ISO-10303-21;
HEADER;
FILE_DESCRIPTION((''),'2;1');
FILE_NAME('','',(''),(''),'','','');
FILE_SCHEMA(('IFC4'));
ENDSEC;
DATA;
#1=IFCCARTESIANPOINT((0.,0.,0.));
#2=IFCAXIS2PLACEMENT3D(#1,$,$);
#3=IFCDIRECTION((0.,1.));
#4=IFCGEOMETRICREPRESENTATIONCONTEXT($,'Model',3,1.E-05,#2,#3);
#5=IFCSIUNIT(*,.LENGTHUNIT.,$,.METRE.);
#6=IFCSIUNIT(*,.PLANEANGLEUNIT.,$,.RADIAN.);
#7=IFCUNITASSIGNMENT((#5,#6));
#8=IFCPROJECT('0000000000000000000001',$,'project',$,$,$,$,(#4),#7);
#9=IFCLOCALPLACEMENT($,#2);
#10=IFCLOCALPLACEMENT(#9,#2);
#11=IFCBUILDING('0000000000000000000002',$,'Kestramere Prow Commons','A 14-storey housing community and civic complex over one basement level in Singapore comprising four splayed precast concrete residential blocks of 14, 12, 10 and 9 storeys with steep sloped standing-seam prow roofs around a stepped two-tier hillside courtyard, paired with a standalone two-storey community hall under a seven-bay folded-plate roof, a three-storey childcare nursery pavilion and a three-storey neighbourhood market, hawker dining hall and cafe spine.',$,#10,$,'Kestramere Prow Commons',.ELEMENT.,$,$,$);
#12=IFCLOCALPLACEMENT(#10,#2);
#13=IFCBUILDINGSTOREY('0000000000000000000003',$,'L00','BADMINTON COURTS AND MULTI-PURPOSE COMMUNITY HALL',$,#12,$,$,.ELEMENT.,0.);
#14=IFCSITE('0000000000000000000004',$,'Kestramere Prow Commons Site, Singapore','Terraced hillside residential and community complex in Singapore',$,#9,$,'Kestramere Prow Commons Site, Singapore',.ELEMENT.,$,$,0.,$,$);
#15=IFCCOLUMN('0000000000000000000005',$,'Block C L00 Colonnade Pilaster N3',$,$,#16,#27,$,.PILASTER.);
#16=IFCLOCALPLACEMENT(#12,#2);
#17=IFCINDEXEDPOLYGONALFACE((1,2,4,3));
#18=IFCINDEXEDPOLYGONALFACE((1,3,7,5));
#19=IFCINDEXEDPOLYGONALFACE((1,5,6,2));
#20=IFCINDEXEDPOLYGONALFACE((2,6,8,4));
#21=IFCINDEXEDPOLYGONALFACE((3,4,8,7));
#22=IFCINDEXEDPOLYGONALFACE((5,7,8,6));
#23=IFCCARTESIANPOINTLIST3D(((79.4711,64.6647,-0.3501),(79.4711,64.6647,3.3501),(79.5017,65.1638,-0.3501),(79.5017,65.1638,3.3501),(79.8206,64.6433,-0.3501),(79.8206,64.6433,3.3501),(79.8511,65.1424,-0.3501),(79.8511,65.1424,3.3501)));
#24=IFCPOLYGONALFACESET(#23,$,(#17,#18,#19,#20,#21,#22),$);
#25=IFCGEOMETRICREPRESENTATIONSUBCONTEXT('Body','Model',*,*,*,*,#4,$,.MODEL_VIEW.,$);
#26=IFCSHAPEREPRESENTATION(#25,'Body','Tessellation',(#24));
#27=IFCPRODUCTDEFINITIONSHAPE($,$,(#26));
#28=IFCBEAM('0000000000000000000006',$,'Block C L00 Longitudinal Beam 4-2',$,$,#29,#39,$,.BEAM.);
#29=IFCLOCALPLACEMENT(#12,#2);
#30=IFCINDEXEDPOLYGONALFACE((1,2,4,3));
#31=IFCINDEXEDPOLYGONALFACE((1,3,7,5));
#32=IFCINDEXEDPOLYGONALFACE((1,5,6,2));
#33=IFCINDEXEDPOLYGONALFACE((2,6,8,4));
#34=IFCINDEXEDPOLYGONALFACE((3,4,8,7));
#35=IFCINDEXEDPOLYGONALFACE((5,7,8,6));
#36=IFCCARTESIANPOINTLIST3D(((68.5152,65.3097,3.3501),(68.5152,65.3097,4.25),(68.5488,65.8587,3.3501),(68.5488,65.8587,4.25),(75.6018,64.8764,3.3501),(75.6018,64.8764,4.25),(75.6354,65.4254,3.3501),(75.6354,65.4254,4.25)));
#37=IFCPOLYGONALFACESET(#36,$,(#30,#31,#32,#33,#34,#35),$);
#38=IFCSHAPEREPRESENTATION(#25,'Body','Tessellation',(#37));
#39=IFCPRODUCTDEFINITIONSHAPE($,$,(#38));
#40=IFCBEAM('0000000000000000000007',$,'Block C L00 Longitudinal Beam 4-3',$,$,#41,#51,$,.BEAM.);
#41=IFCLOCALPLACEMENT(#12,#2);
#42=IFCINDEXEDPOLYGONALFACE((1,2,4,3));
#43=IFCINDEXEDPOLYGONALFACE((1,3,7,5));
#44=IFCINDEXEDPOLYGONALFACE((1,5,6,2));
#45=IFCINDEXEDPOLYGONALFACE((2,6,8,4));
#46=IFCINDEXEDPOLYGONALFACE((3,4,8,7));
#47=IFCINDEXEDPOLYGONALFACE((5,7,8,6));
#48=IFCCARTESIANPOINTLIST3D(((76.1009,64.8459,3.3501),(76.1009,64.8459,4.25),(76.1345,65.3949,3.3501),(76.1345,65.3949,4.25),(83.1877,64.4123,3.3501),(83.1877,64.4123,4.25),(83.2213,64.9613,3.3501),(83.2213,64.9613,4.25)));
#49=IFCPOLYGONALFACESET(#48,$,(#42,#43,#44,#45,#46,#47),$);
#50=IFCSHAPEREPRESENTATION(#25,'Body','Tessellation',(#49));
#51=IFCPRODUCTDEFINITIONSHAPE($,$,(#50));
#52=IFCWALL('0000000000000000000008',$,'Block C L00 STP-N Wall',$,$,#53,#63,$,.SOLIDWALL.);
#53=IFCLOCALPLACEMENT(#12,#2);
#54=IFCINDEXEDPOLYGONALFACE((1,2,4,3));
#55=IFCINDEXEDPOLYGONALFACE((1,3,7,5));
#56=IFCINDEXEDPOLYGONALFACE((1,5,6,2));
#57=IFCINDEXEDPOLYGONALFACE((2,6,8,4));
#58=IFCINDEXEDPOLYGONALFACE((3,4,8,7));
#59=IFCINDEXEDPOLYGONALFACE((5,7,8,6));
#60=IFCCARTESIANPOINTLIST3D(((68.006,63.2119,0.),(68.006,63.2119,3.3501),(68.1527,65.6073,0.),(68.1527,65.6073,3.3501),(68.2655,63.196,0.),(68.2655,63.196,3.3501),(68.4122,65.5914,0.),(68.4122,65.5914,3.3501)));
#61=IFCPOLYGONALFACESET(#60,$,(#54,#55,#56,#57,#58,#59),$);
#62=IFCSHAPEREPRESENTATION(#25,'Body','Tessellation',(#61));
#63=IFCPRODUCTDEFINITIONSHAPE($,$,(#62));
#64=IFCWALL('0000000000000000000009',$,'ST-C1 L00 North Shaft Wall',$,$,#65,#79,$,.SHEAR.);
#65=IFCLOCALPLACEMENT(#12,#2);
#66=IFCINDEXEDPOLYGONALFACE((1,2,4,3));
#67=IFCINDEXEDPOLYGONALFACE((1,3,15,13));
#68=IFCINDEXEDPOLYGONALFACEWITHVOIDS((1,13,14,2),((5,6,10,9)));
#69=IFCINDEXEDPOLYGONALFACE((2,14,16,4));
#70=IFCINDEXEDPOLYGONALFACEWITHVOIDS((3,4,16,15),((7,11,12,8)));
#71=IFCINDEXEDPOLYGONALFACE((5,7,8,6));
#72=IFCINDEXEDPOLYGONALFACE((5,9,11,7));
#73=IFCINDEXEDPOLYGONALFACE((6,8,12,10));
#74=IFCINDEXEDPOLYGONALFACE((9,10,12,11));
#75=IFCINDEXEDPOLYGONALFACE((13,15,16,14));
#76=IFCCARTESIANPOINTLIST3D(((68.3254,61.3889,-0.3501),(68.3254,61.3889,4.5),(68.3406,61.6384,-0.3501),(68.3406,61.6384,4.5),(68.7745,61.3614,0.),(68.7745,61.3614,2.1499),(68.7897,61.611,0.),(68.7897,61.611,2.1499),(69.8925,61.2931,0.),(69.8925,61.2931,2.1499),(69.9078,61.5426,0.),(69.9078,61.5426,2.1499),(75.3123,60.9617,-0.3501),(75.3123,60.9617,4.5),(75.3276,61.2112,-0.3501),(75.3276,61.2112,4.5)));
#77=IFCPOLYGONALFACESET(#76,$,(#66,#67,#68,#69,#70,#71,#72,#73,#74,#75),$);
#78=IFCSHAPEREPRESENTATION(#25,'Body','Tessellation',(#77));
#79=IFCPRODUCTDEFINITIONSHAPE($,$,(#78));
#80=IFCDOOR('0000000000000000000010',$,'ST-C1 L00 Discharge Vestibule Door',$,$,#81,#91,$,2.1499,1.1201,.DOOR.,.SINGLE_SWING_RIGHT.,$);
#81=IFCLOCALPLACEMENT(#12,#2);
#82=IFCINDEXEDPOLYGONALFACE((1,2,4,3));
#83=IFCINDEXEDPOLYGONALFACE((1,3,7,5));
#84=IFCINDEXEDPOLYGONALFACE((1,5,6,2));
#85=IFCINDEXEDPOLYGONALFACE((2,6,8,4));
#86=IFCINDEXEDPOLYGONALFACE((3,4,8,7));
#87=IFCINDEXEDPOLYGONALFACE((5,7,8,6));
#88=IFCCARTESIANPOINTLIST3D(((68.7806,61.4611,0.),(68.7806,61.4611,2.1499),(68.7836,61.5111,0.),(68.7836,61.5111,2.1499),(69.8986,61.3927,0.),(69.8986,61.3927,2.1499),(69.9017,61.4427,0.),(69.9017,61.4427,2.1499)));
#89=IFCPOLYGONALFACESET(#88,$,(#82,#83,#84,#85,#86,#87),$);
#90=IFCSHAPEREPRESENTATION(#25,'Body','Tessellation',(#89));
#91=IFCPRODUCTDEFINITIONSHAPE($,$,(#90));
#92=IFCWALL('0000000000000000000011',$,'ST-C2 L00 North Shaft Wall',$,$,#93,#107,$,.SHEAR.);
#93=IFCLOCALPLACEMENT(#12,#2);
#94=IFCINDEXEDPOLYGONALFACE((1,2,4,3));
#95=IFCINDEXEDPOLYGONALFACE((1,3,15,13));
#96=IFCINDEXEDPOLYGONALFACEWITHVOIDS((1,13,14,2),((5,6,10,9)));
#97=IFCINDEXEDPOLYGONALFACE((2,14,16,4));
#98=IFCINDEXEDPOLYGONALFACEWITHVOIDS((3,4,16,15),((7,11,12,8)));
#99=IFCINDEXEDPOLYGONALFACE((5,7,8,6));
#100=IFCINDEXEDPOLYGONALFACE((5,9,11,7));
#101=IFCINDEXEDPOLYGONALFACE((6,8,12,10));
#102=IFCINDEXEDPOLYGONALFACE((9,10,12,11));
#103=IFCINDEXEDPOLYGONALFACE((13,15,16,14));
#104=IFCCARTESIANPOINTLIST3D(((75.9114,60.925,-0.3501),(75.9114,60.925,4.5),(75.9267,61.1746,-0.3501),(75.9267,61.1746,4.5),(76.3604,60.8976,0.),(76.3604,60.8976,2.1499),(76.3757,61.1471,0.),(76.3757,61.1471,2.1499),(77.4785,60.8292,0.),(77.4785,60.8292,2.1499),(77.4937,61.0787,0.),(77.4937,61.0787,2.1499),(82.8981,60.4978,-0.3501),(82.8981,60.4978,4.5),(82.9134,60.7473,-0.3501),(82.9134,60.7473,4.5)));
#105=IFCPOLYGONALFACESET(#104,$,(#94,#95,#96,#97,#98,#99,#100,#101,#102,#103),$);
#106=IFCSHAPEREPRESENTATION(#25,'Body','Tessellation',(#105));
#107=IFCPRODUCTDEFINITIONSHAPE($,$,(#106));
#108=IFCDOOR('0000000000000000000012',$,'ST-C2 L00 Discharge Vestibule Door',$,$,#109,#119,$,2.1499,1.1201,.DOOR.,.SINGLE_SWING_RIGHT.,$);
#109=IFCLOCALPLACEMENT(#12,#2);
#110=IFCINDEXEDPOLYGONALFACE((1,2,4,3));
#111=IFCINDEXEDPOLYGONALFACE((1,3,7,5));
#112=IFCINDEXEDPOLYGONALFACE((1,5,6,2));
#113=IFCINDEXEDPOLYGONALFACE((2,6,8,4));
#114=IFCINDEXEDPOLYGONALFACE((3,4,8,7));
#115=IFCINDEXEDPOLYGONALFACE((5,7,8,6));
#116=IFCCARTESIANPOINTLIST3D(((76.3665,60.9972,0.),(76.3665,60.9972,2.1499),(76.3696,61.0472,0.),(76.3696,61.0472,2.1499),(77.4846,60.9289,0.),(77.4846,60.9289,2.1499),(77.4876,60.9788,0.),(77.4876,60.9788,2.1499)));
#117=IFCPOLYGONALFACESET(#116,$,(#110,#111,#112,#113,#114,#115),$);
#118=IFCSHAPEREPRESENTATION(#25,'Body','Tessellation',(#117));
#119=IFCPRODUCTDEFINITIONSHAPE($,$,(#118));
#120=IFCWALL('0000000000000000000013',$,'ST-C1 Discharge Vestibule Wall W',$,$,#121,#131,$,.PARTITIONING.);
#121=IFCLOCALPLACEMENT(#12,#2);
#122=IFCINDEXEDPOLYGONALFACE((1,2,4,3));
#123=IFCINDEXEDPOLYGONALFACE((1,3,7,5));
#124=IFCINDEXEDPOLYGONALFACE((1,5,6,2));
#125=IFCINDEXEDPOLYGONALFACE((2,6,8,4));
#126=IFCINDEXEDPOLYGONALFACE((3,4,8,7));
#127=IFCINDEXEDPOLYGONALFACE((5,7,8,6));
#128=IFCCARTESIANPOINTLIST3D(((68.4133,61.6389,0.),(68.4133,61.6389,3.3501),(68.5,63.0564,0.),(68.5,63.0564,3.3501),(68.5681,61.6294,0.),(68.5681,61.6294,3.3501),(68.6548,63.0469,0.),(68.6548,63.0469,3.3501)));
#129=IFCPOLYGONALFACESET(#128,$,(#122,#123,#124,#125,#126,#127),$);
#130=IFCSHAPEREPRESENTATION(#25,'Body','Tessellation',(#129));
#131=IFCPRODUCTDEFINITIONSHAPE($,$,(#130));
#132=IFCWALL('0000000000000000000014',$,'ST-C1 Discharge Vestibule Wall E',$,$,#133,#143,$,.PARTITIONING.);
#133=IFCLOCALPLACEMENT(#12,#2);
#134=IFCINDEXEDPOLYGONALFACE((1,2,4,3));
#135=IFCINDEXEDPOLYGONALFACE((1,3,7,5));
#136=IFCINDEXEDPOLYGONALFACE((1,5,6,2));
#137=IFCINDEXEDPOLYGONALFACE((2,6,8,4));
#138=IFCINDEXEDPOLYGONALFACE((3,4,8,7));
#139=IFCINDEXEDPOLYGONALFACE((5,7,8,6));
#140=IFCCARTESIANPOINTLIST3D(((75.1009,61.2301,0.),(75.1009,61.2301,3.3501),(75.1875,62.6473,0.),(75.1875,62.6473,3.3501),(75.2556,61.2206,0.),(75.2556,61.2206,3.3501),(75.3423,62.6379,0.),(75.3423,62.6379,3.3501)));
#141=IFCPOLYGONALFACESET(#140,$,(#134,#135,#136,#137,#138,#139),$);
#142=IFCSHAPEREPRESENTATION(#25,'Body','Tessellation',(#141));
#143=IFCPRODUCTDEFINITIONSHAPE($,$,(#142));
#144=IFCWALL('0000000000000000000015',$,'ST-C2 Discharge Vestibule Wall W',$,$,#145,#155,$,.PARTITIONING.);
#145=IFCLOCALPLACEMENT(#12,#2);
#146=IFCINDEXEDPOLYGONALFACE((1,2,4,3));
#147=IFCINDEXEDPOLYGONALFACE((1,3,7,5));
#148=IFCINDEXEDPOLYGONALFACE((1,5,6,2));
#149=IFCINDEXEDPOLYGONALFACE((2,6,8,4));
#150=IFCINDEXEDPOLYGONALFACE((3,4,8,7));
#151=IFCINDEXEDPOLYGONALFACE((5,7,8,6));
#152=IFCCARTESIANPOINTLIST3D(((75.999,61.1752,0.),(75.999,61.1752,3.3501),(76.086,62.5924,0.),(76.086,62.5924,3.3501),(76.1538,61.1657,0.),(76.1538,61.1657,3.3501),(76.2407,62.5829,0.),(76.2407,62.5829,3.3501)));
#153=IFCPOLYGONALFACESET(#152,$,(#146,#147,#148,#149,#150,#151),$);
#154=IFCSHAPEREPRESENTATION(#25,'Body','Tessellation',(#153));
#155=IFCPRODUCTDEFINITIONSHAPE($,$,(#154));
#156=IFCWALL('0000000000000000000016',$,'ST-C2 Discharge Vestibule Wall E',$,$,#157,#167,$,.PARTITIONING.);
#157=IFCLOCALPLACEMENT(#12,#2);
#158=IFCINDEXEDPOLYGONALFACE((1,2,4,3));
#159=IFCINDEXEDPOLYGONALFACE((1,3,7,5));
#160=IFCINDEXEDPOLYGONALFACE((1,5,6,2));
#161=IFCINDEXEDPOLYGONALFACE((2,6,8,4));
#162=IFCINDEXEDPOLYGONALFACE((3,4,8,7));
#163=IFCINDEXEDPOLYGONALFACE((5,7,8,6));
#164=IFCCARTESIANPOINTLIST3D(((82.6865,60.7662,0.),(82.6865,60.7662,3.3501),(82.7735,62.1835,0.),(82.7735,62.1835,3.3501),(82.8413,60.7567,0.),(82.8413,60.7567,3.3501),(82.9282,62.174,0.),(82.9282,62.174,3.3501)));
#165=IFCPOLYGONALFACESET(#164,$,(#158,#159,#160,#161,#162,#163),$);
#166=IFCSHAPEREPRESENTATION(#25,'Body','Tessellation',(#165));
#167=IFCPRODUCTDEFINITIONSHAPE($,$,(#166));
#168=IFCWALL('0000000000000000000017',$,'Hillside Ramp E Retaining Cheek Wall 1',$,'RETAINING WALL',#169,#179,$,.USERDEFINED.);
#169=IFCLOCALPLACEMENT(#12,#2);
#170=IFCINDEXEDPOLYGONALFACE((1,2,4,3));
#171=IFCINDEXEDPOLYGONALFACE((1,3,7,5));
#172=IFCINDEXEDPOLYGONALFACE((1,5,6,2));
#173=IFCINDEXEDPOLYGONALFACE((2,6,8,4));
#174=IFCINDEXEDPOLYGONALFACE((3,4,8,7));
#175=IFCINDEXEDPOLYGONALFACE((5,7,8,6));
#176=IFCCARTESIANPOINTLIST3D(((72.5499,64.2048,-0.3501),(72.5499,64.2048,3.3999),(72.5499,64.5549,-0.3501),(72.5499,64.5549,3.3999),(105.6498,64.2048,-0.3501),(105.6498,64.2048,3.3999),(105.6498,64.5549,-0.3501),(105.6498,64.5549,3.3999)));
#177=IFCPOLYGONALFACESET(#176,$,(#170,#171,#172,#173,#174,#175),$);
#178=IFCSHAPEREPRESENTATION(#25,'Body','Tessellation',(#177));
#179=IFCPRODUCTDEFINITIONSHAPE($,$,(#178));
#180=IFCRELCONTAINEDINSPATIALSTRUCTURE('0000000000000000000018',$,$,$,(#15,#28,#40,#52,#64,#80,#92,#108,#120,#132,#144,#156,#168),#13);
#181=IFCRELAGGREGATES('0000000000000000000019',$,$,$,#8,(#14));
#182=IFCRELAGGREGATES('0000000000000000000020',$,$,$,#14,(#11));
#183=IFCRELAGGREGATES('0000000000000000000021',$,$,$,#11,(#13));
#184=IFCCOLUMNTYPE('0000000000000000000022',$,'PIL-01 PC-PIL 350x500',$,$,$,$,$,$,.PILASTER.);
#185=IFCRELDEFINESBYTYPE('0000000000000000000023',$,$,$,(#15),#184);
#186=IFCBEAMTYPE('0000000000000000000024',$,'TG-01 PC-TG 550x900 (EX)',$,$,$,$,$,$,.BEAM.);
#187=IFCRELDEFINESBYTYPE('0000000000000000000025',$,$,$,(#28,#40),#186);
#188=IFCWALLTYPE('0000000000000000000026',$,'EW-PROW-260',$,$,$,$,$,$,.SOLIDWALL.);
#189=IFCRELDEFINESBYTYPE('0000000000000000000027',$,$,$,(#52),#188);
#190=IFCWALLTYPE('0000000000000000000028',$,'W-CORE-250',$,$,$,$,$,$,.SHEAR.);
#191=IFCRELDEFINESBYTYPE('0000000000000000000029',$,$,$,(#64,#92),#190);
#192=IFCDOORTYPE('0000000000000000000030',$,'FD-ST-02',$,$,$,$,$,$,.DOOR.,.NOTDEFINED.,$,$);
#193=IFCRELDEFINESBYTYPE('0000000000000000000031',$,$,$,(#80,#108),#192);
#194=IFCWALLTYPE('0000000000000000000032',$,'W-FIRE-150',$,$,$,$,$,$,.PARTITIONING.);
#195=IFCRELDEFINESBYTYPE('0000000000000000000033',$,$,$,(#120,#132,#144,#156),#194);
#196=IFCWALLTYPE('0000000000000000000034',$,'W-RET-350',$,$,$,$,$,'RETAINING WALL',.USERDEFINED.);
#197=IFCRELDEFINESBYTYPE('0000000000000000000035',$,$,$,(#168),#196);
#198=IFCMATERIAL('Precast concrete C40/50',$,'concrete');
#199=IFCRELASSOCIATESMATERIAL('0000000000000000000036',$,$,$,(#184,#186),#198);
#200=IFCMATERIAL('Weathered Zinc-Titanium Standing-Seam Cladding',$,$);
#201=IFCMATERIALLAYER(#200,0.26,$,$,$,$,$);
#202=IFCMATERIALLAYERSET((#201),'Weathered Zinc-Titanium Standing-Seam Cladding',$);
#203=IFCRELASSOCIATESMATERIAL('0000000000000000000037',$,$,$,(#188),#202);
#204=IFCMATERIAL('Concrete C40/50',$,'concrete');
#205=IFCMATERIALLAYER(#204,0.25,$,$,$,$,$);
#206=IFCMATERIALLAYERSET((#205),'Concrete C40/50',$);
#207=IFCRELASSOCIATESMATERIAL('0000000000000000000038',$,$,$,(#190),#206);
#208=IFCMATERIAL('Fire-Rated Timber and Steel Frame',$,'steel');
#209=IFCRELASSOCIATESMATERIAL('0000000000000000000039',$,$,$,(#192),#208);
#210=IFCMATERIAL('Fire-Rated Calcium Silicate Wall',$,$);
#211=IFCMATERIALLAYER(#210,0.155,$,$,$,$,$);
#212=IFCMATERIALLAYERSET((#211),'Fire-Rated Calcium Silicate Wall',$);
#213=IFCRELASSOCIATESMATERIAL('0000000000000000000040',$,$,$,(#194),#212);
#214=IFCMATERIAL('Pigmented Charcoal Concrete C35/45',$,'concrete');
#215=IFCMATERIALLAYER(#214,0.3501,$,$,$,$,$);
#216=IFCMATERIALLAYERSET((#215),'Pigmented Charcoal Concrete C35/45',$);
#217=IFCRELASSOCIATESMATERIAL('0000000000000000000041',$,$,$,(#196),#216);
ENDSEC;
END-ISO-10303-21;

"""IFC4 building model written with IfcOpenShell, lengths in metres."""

from ifc_helpers import new_model, si_unit, direction, frame, frame_2d, origin, origin_2d, place, context, subcontext, project, spatial, rectangle, extrude, material, layer, layer_set, material_profile, profile_set, type_object, element, fill, save


model = new_model("IFC4")

# Units and contexts
model_context = context("Model", 3, precision=1e-05, world=origin(), true_north=direction((0.0, 1.0)))
body_context = subcontext(model_context, "Body", "Model", "MODEL_VIEW")
ifc_project = project(units=[si_unit("LENGTHUNIT", "METRE"), si_unit("PLANEANGLEUNIT", "RADIAN")], contexts=[model_context])

# Site, building, storey
site_placement = place(None, origin())
site = spatial("IfcSite", under=ifc_project, at=site_placement, Name="Kestramere Prow Commons Site, Singapore", Description="Terraced hillside residential and community complex in Singapore", LongName="Kestramere Prow Commons Site, Singapore", CompositionType="ELEMENT", RefElevation=0.0)
building_placement = place(site_placement, origin())
building = spatial("IfcBuilding", under=site, at=building_placement, Name="Kestramere Prow Commons", Description="A 14-storey housing community and civic complex over one basement level in Singapore comprising four splayed precast concrete residential blocks of 14, 12, 10 and 9 storeys with steep sloped standing-seam prow roofs around a stepped two-tier hillside courtyard, paired with a standalone two-storey community hall under a seven-bay folded-plate roof, a three-storey childcare nursery pavilion and a three-storey neighbourhood market, hawker dining hall and cafe spine.", LongName="Kestramere Prow Commons", CompositionType="ELEMENT")
storey_placement = place(building_placement, origin())
storey = spatial("IfcBuildingStorey", under=building, at=storey_placement, Name="L00", Description="BADMINTON COURTS AND MULTI-PURPOSE COMMUNITY HALL", CompositionType="ELEMENT", Elevation=0.0)

# Column
ifc_material_1 = material(Name="Precast concrete C40/50", Category="concrete")
ifc_material_profile_1 = material_profile(ifc_material_1, rectangle(XDim=0.3501, YDim=0.5, at=origin_2d()), Name="PC-PIL 350x500")
ifc_profile_set_1 = profile_set([ifc_material_profile_1], Name="Precast concrete C40/50")
column_type_1 = type_object("IfcColumnType", Name="PIL-01 PC-PIL 350x500", PredefinedType="PILASTER", material=ifc_profile_set_1)
for number, where, z_axis, x_axis, name in (
    (1, (79.6611, 64.9036, -0.3501), (0.0, 0.0, 1.0), (0.998135, -0.061049, 0.0), "Block C L00 Colonnade Pilaster N3"),
):
    element("IfcColumn", number, at=place(storey_placement, frame(where, z_axis=z_axis, x_axis=x_axis)), inside=storey, type_object=column_type_1, Name=name, PredefinedType="PILASTER", context=body_context, shape_type="SweptSolid", body=[
        extrude(rectangle(XDim=0.3501, YDim=0.5, at=origin_2d()), origin(), (0.0, 0.0, 1.0), 3.7002),
    ])

# Beams
ifc_material_profile_2 = material_profile(ifc_material_1, rectangle(XDim=0.55, YDim=0.8999, at=origin_2d()), Name="PC-TG 550x900")
ifc_profile_set_2 = profile_set([ifc_material_profile_2], Name="Precast concrete C40/50")
beam_type = type_object("IfcBeamType", Name="TG-01 PC-TG 550x900 (EX)", PredefinedType="BEAM", material=ifc_profile_set_2)
beam_1_placement = place(storey_placement, frame((68.532, 65.5842, 3.8), z_axis=(0.998136, -0.061036, 0.0), x_axis=(0.061036, 0.998136, 0.0)))
element("IfcBeam", 2, at=beam_1_placement, inside=storey, type_object=beam_type, Name="Block C L00 Longitudinal Beam 4-2", PredefinedType="BEAM", context=body_context, shape_type="SweptSolid", body=[
    extrude(rectangle(XDim=0.55, YDim=0.8999, at=origin_2d()), origin(), (0.0, 0.0, 1.0), 7.0999),
])
beam_2_placement = place(storey_placement, frame((76.1177, 65.1204, 3.8), z_axis=(0.998134, -0.061068, 0.0), x_axis=(0.061068, 0.998134, 0.0)))
element("IfcBeam", 3, at=beam_2_placement, inside=storey, type_object=beam_type, Name="Block C L00 Longitudinal Beam 4-3", PredefinedType="BEAM", context=body_context, shape_type="SweptSolid", body=[
    extrude(rectangle(XDim=0.55, YDim=0.8999, at=origin_2d()), origin(), (0.0, 0.0, 1.0), 7.1001),
])

# Wall
ifc_material_2 = material(Name="Weathered Zinc-Titanium Standing-Seam Cladding")
ifc_layer_1 = layer(ifc_material_2, 0.26)
ifc_layer_set_1 = layer_set([ifc_layer_1], Name="Weathered Zinc-Titanium Standing-Seam Cladding")
wall_type_1 = type_object("IfcWallType", Name="EW-PROW-260", PredefinedType="SOLIDWALL", material=ifc_layer_set_1)
wall_1_placement = place(storey_placement, frame((68.2825, 65.5994, 0.0), z_axis=(0.0, 0.0, 1.0), x_axis=(-0.061137, -0.998129, 0.0)))
element("IfcWall", 4, at=wall_1_placement, inside=storey, type_object=wall_type_1, Name="Block C L00 STP-N Wall", PredefinedType="SOLIDWALL", context=body_context, shape_type="SweptSolid", body=[
    extrude(rectangle(XDim=2.3999, YDim=0.26, at=frame_2d((1.2, 0.0))), origin(), (0.0, 0.0, 1.0), 3.3501),
])

# Walls, openings, doors
ifc_material_3 = material(Name="Concrete C40/50", Category="concrete")
ifc_layer_2 = layer(ifc_material_3, 0.25)
ifc_layer_set_2 = layer_set([ifc_layer_2], Name="Concrete C40/50")
wall_type_2 = type_object("IfcWallType", Name="W-CORE-250", PredefinedType="SHEAR", material=ifc_layer_set_2)
wall_2_placement = place(storey_placement, frame((68.333, 61.5137, -0.3501), z_axis=(0.0, 0.0, 1.0), x_axis=(0.998136, -0.061034, 0.0)))
wall_2 = element("IfcWall", 5, at=wall_2_placement, inside=storey, type_object=wall_type_2, Name="ST-C1 L00 North Shaft Wall", PredefinedType="SHEAR", context=body_context, shape_type="SweptSolid", body=[
    extrude(rectangle(XDim=7.0, YDim=0.25, at=frame_2d((3.5, 0.0))), origin(), (0.0, 0.0, 1.0), 4.8501),
])
opening_1_placement = place(wall_2_placement, frame((0.45, 0.0, 0.3501)))
opening_1 = element("IfcOpeningElement", 6, at=opening_1_placement, cuts=wall_2, PredefinedType="OPENING", context=body_context, shape_type="SweptSolid", body=[
    extrude(rectangle(XDim=1.1201, YDim=2.1499, at=frame_2d((0.5601, 1.075))), frame((0.0, 0.1399, 0.0), z_axis=(0.0, -1.0, 0.0), x_axis=(1.0, 0.0, 0.0)), (0.0, 0.0, 1.0), 0.28),
])
ifc_material_4 = material(Name="Fire-Rated Timber and Steel Frame", Category="steel")
door_type_1 = type_object("IfcDoorType", Name="FD-ST-02", OperationType="NOTDEFINED", PredefinedType="DOOR", material=ifc_material_4)
door_1_placement = place(opening_1_placement, origin())
door_1 = element("IfcDoor", 7, at=door_1_placement, inside=storey, type_object=door_type_1, Name="ST-C1 L00 Discharge Vestibule Door", OperationType="SINGLE_SWING_RIGHT", OverallHeight=2.1499, OverallWidth=1.1201, PredefinedType="DOOR", context=body_context, shape_type="SweptSolid", body=[
    extrude(rectangle(XDim=1.1201, YDim=2.1499, at=frame_2d((0.5601, 1.075))), frame((0.0, 0.0249, 0.0), z_axis=(0.0, -1.0, 0.0), x_axis=(1.0, 0.0, 0.0)), (0.0, 0.0, 1.0), 0.05),
])
fill(opening_1, door_1)
wall_3_placement = place(storey_placement, frame((75.9189, 61.0498, -0.3501), z_axis=(0.0, 0.0, 1.0), x_axis=(0.998136, -0.061036, 0.0)))
wall_3 = element("IfcWall", 8, at=wall_3_placement, inside=storey, type_object=wall_type_2, Name="ST-C2 L00 North Shaft Wall", PredefinedType="SHEAR", context=body_context, shape_type="SweptSolid", body=[
    extrude(rectangle(XDim=6.9998, YDim=0.25, at=frame_2d((3.5, 0.0))), origin(), (0.0, 0.0, 1.0), 4.8501),
])
opening_2_placement = place(wall_3_placement, frame((0.45, 0.0, 0.3501)))
opening_2 = element("IfcOpeningElement", 9, at=opening_2_placement, cuts=wall_3, PredefinedType="OPENING", context=body_context, shape_type="SweptSolid", body=[
    extrude(rectangle(XDim=1.1201, YDim=2.1499, at=frame_2d((0.5601, 1.075))), frame((0.0, 0.1399, 0.0), z_axis=(0.0, -1.0, 0.0), x_axis=(1.0, 0.0, 0.0)), (0.0, 0.0, 1.0), 0.28),
])
door_2_placement = place(opening_2_placement, origin())
door_2 = element("IfcDoor", 10, at=door_2_placement, inside=storey, type_object=door_type_1, Name="ST-C2 L00 Discharge Vestibule Door", OperationType="SINGLE_SWING_RIGHT", OverallHeight=2.1499, OverallWidth=1.1201, PredefinedType="DOOR", context=body_context, shape_type="SweptSolid", body=[
    extrude(rectangle(XDim=1.1201, YDim=2.1499, at=frame_2d((0.5601, 1.075))), frame((0.0, 0.0249, 0.0), z_axis=(0.0, -1.0, 0.0), x_axis=(1.0, 0.0, 0.0)), (0.0, 0.0, 1.0), 0.05),
])
fill(opening_2, door_2)

# Walls
ifc_material_5 = material(Name="Fire-Rated Calcium Silicate Wall")
ifc_layer_3 = layer(ifc_material_5, 0.155)
ifc_layer_set_3 = layer_set([ifc_layer_3], Name="Fire-Rated Calcium Silicate Wall")
wall_type_3 = type_object("IfcWallType", Name="W-FIRE-150", PredefinedType="PARTITIONING", material=ifc_layer_set_3)
wall_4_placement = place(storey_placement, frame((68.4907, 61.6343, 0.0), z_axis=(0.0, 0.0, 1.0), x_axis=(0.06103, 0.998136, 0.0)))
element("IfcWall", 11, at=wall_4_placement, inside=storey, type_object=wall_type_3, Name="ST-C1 Discharge Vestibule Wall W", PredefinedType="PARTITIONING", context=body_context, shape_type="SweptSolid", body=[
    extrude(rectangle(XDim=1.4202, YDim=0.155, at=frame_2d((0.71, 0.0))), origin(), (0.0, 0.0, 1.0), 3.3501),
])
for number, where, z_axis, x_axis, name in (
    (12, (75.1782, 61.2253, 0.0), (0.0, 0.0, 1.0), (0.06104, 0.998135, 0.0), "ST-C1 Discharge Vestibule Wall E"),
    (13, (76.0764, 61.1704, 0.0), (0.0, 0.0, 1.0), (0.061211, 0.998125, 0.0), "ST-C2 Discharge Vestibule Wall W"),
    (14, (82.7639, 60.7615, 0.0), (0.0, 0.0, 1.0), (0.061211, 0.998125, 0.0), "ST-C2 Discharge Vestibule Wall E"),
):
    element("IfcWall", number, at=place(storey_placement, frame(where, z_axis=z_axis, x_axis=x_axis)), inside=storey, type_object=wall_type_3, Name=name, PredefinedType="PARTITIONING", context=body_context, shape_type="SweptSolid", body=[
        extrude(rectangle(XDim=1.4199, YDim=0.155, at=frame_2d((0.71, 0.0))), origin(), (0.0, 0.0, 1.0), 3.3501),
    ])
ifc_material_6 = material(Name="Pigmented Charcoal Concrete C35/45", Category="concrete")
ifc_layer_4 = layer(ifc_material_6, 0.3501)
ifc_layer_set_4 = layer_set([ifc_layer_4], Name="Pigmented Charcoal Concrete C35/45")
wall_type_4 = type_object("IfcWallType", Name="W-RET-350", ElementType="RETAINING WALL", PredefinedType="USERDEFINED", material=ifc_layer_set_4)
wall_5_placement = place(storey_placement, frame((72.55, 64.3799, -0.3501), z_axis=(0.0, 0.0, 1.0), x_axis=(1.0, 0.0, 0.0)))
element("IfcWall", 15, at=wall_5_placement, inside=storey, type_object=wall_type_4, Name="Hillside Ramp E Retaining Cheek Wall 1", ObjectType="RETAINING WALL", PredefinedType="USERDEFINED", context=body_context, shape_type="SweptSolid", body=[
    extrude(rectangle(XDim=33.0999, YDim=0.3501, at=frame_2d((16.5498, 0.0))), origin(), (0.0, 0.0, 1.0), 3.75),
])

save(model, "model.ifc")
